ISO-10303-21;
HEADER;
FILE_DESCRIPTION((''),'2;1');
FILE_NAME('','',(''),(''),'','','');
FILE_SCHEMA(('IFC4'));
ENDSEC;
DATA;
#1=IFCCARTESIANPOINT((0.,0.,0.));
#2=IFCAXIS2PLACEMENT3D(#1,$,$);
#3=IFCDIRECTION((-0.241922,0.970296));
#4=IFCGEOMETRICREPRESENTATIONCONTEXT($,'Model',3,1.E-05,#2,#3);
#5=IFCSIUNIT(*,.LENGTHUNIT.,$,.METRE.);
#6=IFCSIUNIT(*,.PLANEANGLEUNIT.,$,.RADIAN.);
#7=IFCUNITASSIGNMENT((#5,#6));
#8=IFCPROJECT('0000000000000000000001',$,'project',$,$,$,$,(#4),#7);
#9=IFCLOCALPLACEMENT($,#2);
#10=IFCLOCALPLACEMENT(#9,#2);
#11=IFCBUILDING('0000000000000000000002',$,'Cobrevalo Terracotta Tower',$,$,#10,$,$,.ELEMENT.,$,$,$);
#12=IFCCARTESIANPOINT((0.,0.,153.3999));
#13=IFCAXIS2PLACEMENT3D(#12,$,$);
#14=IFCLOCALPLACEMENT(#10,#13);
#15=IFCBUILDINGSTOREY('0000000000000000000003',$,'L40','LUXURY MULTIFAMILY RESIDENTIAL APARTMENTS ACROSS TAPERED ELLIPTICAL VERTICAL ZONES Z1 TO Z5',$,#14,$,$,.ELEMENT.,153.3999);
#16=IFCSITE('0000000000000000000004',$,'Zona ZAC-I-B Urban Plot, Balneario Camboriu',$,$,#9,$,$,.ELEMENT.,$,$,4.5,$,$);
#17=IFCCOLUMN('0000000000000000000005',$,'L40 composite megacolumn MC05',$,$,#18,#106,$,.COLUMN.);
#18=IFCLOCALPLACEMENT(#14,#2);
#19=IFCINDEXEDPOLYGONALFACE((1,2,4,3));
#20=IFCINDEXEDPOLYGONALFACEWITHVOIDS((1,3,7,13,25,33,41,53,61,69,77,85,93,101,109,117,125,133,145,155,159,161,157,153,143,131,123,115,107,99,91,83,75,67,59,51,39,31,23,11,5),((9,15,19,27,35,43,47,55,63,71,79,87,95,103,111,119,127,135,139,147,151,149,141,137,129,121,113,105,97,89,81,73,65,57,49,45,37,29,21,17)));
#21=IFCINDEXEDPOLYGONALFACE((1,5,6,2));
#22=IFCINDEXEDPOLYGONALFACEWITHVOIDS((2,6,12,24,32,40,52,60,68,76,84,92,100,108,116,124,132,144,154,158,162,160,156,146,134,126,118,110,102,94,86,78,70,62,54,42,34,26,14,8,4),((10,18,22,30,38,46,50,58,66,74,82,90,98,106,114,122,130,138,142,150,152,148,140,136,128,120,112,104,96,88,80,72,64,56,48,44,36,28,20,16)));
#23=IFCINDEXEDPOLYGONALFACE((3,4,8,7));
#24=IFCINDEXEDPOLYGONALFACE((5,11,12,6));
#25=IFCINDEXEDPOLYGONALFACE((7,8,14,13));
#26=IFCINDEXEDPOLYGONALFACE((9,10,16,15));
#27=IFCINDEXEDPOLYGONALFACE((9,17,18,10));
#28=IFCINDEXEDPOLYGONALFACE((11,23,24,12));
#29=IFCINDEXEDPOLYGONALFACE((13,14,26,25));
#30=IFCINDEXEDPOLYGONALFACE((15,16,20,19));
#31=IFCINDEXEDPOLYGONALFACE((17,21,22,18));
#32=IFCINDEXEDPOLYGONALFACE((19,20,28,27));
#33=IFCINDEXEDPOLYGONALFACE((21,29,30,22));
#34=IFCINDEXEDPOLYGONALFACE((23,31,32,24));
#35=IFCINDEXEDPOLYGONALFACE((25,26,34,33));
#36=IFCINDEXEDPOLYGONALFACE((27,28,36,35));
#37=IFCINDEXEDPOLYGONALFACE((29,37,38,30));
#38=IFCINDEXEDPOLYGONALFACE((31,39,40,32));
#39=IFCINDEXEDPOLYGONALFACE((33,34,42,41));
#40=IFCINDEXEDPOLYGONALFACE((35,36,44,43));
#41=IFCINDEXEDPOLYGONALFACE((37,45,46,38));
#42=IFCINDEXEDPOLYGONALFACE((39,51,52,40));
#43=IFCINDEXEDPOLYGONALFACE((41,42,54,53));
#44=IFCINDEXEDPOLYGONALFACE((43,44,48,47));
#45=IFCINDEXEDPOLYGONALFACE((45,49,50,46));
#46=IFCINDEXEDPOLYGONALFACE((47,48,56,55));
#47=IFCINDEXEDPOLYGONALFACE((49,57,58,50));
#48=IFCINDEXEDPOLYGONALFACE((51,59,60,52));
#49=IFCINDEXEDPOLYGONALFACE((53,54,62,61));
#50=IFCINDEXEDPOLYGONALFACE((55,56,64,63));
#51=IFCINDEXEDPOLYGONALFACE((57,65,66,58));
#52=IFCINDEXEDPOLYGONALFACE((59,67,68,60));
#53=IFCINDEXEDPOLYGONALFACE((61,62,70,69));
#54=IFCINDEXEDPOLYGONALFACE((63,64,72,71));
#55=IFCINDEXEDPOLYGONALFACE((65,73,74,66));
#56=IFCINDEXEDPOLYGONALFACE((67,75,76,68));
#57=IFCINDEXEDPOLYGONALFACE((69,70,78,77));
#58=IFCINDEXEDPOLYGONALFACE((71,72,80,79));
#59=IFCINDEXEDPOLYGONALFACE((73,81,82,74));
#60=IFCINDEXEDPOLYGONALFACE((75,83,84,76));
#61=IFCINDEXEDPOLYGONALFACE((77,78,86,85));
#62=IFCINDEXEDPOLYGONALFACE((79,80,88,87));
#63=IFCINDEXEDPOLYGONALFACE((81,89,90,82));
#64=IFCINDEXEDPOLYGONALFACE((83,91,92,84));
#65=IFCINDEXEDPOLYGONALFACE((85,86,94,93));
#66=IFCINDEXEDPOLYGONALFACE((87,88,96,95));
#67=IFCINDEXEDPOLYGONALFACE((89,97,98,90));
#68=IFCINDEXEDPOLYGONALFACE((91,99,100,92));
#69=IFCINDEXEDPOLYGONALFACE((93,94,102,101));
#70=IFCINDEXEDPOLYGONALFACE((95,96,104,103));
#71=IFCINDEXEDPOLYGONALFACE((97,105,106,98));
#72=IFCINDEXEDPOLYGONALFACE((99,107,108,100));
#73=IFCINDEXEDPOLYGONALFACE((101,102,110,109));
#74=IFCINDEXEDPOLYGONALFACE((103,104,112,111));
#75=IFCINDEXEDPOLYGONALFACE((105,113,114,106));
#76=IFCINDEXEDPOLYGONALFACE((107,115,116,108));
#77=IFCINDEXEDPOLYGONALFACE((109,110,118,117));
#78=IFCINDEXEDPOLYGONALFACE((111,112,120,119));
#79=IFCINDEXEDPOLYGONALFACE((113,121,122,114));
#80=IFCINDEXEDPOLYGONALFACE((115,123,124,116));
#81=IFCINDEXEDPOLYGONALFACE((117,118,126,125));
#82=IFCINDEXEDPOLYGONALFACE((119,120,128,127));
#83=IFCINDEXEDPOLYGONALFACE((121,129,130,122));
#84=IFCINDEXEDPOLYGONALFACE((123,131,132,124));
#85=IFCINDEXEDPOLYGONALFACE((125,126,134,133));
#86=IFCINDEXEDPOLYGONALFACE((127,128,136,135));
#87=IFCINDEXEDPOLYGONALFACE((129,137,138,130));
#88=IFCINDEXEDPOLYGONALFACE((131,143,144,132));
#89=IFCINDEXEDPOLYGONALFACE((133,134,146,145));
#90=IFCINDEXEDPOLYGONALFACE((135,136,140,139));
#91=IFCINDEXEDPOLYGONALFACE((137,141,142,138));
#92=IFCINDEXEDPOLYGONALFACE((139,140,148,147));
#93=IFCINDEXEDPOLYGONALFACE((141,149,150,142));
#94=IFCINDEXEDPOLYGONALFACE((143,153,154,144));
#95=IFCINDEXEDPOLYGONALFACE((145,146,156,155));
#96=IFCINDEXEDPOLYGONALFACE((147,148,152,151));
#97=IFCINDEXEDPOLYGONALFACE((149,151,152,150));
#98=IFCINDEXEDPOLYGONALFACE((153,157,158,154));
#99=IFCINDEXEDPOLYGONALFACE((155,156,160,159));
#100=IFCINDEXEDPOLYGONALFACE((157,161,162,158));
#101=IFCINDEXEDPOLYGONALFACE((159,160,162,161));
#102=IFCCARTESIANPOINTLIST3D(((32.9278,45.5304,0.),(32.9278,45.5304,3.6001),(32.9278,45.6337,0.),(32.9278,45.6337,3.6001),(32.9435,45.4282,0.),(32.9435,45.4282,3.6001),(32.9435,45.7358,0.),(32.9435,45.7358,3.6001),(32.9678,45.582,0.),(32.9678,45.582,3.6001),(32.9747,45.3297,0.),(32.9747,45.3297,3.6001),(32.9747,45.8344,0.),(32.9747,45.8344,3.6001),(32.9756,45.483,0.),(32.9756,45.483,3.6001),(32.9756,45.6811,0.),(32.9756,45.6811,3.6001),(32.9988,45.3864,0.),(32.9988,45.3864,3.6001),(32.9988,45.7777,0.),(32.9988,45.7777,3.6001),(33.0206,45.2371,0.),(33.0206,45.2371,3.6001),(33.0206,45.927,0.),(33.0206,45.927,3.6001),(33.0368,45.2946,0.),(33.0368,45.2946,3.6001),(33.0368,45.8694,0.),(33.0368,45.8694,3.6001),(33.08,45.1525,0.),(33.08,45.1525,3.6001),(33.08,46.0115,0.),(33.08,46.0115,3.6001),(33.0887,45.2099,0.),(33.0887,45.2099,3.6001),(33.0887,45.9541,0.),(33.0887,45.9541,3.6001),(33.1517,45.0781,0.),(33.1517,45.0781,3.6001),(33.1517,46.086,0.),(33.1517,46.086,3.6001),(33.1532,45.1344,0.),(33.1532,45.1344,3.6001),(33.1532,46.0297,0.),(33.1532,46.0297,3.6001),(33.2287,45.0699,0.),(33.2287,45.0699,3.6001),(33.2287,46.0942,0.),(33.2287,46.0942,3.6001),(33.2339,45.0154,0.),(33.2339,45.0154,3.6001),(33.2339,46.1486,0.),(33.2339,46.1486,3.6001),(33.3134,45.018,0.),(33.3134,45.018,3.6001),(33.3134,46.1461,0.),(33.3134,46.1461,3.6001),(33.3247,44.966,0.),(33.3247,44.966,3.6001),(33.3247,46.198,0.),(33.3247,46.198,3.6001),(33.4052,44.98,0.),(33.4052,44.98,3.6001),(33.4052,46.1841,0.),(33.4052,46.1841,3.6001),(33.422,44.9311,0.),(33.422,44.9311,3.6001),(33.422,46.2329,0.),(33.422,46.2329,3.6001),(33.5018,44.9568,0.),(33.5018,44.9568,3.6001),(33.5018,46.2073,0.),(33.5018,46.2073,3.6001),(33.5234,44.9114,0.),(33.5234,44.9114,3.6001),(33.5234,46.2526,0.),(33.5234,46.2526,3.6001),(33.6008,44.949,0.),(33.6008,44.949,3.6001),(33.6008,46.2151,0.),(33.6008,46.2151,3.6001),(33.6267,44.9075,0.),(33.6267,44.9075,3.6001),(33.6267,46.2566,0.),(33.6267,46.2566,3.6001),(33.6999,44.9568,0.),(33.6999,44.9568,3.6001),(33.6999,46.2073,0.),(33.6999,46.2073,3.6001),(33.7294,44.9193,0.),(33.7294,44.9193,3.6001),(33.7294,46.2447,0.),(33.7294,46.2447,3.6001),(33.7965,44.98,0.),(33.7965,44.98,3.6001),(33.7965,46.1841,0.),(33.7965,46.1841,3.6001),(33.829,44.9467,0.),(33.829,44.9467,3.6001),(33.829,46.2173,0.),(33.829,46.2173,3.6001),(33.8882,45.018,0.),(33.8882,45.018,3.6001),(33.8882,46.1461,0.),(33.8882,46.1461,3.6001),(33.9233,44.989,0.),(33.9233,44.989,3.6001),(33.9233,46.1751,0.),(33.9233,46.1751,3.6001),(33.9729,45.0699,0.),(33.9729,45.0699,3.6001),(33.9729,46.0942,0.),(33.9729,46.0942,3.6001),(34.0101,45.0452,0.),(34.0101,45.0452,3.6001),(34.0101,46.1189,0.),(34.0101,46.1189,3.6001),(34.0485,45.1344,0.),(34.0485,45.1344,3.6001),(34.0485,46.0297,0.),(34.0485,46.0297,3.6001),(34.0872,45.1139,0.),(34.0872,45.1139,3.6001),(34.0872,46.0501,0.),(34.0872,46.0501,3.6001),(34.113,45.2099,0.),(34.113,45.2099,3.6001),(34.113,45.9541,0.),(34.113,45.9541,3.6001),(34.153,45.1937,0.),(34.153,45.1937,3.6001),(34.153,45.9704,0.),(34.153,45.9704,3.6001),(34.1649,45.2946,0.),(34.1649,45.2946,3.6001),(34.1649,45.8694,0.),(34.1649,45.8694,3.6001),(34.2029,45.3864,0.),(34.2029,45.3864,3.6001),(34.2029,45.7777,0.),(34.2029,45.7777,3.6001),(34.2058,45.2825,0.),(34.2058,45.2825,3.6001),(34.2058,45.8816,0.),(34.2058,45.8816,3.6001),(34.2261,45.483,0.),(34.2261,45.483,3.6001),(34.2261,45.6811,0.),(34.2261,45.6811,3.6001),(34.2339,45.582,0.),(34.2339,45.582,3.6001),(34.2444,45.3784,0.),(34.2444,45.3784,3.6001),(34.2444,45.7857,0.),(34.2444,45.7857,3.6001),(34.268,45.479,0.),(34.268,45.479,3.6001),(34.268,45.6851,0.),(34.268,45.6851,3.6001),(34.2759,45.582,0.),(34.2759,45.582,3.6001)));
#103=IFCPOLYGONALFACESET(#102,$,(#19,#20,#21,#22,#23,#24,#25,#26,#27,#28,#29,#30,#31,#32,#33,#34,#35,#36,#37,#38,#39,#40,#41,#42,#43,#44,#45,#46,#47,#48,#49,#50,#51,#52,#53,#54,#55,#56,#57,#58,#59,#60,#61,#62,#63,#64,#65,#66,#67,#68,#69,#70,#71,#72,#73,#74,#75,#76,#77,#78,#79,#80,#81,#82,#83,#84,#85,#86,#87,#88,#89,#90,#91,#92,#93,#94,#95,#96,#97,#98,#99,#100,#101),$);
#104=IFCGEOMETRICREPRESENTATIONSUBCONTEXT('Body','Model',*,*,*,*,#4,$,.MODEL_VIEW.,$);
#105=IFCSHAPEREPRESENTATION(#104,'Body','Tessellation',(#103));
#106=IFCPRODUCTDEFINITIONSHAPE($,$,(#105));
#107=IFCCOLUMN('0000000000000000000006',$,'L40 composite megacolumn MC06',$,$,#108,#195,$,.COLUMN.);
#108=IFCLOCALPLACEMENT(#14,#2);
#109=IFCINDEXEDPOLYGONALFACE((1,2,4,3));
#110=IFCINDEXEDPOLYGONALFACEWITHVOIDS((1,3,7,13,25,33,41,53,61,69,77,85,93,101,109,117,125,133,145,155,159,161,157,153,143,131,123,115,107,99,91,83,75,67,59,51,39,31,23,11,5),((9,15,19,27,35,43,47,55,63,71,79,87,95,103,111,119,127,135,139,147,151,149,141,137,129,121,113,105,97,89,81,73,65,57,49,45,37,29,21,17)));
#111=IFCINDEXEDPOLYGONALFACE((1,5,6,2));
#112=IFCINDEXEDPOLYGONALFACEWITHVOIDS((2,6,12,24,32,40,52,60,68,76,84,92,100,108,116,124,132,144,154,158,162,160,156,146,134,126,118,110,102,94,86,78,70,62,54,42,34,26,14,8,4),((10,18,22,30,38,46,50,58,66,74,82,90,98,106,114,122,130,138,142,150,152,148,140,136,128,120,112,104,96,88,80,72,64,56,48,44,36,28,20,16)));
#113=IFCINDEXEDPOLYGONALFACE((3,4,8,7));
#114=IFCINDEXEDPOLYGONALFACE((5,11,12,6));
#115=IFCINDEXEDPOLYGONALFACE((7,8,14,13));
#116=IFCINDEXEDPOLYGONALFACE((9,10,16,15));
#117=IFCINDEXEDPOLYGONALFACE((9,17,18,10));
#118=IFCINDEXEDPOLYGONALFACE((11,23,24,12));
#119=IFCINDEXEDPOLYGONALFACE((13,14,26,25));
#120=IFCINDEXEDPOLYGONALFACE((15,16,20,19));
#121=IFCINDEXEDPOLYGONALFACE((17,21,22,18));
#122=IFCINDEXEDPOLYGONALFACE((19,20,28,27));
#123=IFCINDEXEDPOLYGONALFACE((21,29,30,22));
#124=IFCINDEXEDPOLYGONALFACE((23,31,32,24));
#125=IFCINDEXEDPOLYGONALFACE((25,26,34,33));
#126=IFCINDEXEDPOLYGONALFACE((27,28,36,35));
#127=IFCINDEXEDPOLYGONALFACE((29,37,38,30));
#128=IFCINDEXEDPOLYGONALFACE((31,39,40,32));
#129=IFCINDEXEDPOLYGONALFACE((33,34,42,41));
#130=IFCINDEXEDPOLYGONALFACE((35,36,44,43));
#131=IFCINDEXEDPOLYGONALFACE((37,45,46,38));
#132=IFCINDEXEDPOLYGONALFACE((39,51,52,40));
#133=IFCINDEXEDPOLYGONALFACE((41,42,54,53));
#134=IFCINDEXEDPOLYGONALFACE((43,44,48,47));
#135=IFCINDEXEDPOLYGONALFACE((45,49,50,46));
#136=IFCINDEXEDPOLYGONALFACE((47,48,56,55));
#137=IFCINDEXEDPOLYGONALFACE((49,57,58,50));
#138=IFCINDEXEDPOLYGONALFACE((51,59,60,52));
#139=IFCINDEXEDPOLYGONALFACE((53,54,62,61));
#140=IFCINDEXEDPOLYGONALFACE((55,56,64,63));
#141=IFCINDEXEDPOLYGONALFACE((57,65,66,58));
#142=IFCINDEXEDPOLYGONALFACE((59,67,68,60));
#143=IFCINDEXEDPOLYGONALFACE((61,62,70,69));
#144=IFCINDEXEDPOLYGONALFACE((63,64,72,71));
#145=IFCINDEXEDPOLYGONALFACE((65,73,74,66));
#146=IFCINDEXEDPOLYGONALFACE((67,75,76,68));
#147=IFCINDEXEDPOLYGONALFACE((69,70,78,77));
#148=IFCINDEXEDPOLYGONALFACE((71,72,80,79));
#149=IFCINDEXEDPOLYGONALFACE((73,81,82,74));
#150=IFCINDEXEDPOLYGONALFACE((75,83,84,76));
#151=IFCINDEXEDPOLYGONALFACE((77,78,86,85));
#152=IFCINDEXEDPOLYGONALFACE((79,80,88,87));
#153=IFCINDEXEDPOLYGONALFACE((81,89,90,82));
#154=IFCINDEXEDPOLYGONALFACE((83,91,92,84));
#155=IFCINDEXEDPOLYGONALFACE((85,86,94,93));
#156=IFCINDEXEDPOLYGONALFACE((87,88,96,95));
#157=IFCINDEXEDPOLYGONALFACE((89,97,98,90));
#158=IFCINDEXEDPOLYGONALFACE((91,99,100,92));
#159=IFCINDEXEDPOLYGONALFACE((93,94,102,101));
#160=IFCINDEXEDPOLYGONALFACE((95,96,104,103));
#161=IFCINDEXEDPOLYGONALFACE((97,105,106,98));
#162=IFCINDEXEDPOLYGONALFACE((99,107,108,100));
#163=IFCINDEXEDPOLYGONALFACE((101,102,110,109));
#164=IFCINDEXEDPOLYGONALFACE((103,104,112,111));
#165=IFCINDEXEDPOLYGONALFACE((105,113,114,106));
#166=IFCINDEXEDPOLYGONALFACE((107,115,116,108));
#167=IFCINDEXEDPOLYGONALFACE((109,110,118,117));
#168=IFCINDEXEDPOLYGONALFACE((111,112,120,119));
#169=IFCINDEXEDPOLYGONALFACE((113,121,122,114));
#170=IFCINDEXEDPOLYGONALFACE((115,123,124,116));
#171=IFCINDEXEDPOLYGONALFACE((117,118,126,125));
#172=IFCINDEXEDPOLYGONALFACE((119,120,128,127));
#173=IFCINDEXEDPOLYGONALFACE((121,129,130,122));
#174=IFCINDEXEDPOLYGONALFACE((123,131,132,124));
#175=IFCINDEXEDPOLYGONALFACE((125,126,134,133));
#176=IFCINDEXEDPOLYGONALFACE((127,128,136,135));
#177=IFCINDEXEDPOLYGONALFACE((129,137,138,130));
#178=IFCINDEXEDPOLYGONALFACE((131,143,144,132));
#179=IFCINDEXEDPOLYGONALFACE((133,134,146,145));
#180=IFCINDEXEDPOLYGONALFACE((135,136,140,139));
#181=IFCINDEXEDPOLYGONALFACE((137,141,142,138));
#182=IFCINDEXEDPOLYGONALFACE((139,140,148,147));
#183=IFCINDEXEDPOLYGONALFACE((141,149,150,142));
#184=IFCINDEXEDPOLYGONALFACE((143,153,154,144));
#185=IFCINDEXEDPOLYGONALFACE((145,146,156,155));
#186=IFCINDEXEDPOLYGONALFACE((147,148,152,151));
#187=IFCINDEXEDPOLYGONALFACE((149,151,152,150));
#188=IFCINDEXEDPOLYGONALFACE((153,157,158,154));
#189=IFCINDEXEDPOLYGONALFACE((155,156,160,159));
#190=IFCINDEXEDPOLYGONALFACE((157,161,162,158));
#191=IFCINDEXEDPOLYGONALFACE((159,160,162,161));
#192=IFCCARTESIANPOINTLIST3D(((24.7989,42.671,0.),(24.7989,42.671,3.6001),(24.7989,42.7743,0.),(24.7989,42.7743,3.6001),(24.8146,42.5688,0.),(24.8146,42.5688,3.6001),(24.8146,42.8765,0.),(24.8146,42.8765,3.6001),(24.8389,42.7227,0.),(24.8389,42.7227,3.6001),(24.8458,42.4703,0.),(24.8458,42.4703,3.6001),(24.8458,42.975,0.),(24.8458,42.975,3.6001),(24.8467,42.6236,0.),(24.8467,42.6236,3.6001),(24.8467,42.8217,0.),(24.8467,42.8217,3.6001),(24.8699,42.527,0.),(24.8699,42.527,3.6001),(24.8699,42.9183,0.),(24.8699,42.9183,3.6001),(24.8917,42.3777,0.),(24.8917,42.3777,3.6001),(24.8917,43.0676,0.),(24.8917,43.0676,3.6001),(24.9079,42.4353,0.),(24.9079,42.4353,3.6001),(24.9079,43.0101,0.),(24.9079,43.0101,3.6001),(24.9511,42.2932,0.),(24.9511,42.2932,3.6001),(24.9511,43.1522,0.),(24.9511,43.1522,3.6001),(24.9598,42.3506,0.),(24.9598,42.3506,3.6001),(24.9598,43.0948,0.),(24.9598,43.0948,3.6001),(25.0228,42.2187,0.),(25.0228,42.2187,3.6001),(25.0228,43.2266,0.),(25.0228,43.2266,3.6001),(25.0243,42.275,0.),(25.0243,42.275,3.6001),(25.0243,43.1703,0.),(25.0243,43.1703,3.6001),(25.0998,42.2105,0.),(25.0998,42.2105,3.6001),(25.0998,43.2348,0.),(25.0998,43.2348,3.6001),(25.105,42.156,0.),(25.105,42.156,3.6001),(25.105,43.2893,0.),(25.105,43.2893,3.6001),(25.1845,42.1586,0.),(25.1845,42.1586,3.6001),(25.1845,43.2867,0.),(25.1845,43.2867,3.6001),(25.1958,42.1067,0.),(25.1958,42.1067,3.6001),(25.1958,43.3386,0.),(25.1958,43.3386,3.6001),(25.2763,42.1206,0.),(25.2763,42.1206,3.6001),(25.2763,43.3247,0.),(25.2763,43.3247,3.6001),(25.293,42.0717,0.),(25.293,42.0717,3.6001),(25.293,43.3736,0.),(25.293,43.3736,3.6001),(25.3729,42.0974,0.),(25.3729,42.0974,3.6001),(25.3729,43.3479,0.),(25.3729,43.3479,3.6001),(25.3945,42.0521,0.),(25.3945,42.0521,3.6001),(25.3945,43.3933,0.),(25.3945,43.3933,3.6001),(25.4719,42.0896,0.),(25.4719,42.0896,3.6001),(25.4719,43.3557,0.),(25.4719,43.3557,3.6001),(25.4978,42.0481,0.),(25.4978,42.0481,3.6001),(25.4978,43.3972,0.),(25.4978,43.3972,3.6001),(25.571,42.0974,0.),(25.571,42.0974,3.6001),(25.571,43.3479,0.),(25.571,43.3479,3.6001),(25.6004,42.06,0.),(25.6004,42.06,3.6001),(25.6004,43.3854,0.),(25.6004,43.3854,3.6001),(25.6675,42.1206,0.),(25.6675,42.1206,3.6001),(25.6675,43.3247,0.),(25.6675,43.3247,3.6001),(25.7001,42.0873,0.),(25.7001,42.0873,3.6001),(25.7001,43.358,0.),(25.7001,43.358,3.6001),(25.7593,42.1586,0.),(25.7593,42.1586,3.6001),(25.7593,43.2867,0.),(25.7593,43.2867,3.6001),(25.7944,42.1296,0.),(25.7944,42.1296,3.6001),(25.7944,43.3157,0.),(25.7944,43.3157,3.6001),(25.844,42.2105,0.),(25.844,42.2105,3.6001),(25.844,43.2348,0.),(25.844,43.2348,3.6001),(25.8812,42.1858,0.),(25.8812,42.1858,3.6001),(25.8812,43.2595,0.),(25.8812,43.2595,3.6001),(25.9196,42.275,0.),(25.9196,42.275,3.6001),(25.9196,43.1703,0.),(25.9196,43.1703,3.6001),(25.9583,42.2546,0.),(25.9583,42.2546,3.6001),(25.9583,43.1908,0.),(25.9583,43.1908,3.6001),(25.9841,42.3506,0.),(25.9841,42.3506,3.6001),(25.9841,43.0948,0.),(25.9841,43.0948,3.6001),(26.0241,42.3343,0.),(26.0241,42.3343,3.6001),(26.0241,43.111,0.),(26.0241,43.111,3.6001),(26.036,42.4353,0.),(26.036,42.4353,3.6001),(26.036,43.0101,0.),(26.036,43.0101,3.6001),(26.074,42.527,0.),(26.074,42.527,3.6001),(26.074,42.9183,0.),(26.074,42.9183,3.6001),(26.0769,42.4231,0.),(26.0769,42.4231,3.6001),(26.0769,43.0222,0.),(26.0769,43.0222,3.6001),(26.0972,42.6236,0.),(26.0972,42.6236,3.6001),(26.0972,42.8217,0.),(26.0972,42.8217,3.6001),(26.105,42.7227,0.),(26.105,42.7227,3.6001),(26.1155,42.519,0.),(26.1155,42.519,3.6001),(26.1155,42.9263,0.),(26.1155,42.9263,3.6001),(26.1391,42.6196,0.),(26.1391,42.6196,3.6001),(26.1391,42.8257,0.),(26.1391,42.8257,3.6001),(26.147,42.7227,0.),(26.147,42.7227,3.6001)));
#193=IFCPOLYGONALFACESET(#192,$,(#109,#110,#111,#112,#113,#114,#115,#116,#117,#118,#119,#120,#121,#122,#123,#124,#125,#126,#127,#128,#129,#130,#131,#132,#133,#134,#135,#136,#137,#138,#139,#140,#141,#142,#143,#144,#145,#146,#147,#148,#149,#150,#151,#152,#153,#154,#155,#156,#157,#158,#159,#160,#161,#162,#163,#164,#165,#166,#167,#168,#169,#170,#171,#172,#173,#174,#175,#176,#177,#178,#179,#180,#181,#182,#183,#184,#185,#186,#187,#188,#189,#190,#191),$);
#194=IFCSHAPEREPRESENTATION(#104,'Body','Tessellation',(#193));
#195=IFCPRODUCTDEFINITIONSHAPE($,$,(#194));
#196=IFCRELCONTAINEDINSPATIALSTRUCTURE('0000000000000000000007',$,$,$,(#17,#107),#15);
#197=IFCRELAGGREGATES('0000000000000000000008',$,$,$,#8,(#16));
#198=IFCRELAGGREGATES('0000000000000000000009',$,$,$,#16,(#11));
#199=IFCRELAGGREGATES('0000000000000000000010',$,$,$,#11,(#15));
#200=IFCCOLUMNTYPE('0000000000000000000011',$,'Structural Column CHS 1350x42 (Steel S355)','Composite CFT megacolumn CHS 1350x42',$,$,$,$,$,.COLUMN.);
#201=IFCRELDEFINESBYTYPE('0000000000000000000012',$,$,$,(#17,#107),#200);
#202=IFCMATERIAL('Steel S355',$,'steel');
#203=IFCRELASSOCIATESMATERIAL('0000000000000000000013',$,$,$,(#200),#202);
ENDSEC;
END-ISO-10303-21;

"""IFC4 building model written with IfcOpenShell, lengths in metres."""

from ifc_helpers import new_model, si_unit, direction, frame, origin, origin_2d, place, context, subcontext, project, spatial, hollow_circle, extrude, material, material_profile, profile_set, type_object, element, save


model = new_model("IFC4")

# Units and contexts
model_context = context("Model", 3, precision=1e-05, world=origin(), true_north=direction((-0.241922, 0.970296)))
body_context = subcontext(model_context, "Body", "Model", "MODEL_VIEW")
ifc_project = project(units=[si_unit("LENGTHUNIT", "METRE"), si_unit("PLANEANGLEUNIT", "RADIAN")], contexts=[model_context])

# Site, building, storey
site_placement = place(None, origin())
site = spatial("IfcSite", under=ifc_project, at=site_placement, Name="Zona ZAC-I-B Urban Plot, Balneario Camboriu", CompositionType="ELEMENT", RefElevation=4.5)
building_placement = place(site_placement, origin())
building = spatial("IfcBuilding", under=site, at=building_placement, Name="Cobrevalo Terracotta Tower", CompositionType="ELEMENT")
storey_placement = place(building_placement, frame((0.0, 0.0, 153.3999)))
storey = spatial("IfcBuildingStorey", under=building, at=storey_placement, Name="L40", Description="LUXURY MULTIFAMILY RESIDENTIAL APARTMENTS ACROSS TAPERED ELLIPTICAL VERTICAL ZONES Z1 TO Z5", CompositionType="ELEMENT", Elevation=153.3999)

# Columns
ifc_material_1 = material(Name="Steel S355", Category="steel")
ifc_material_profile_1 = material_profile(ifc_material_1, hollow_circle(Radius=0.675, WallThickness=0.042, at=origin_2d()), Name="CHS 1350x42")
ifc_profile_set_1 = profile_set([ifc_material_profile_1], Name="Steel S355")
column_type = type_object("IfcColumnType", Name="Structural Column CHS 1350x42 (Steel S355)", Description="Composite CFT megacolumn CHS 1350x42", PredefinedType="COLUMN", material=ifc_profile_set_1)
for number, where, z_axis, x_axis, name in (
    (1, (33.6008, 45.582, 0.0), (0.0, 0.0, 1.0), (1.0, 0.0, 0.0), "L40 composite megacolumn MC05"),
    (2, (25.4719, 42.7227, 0.0), (0.0, 0.0, 1.0), (1.0, 0.0, 0.0), "L40 composite megacolumn MC06"),
):
    element("IfcColumn", number, at=place(storey_placement, frame(where, z_axis=z_axis, x_axis=x_axis)), inside=storey, type_object=column_type, Name=name, PredefinedType="COLUMN", context=body_context, shape_type="SweptSolid", body=[
        extrude(hollow_circle(Radius=0.675, WallThickness=0.042, at=origin_2d()), origin(), (0.0, 0.0, 1.0), 3.6001),
    ])

save(model, "model.ifc")
